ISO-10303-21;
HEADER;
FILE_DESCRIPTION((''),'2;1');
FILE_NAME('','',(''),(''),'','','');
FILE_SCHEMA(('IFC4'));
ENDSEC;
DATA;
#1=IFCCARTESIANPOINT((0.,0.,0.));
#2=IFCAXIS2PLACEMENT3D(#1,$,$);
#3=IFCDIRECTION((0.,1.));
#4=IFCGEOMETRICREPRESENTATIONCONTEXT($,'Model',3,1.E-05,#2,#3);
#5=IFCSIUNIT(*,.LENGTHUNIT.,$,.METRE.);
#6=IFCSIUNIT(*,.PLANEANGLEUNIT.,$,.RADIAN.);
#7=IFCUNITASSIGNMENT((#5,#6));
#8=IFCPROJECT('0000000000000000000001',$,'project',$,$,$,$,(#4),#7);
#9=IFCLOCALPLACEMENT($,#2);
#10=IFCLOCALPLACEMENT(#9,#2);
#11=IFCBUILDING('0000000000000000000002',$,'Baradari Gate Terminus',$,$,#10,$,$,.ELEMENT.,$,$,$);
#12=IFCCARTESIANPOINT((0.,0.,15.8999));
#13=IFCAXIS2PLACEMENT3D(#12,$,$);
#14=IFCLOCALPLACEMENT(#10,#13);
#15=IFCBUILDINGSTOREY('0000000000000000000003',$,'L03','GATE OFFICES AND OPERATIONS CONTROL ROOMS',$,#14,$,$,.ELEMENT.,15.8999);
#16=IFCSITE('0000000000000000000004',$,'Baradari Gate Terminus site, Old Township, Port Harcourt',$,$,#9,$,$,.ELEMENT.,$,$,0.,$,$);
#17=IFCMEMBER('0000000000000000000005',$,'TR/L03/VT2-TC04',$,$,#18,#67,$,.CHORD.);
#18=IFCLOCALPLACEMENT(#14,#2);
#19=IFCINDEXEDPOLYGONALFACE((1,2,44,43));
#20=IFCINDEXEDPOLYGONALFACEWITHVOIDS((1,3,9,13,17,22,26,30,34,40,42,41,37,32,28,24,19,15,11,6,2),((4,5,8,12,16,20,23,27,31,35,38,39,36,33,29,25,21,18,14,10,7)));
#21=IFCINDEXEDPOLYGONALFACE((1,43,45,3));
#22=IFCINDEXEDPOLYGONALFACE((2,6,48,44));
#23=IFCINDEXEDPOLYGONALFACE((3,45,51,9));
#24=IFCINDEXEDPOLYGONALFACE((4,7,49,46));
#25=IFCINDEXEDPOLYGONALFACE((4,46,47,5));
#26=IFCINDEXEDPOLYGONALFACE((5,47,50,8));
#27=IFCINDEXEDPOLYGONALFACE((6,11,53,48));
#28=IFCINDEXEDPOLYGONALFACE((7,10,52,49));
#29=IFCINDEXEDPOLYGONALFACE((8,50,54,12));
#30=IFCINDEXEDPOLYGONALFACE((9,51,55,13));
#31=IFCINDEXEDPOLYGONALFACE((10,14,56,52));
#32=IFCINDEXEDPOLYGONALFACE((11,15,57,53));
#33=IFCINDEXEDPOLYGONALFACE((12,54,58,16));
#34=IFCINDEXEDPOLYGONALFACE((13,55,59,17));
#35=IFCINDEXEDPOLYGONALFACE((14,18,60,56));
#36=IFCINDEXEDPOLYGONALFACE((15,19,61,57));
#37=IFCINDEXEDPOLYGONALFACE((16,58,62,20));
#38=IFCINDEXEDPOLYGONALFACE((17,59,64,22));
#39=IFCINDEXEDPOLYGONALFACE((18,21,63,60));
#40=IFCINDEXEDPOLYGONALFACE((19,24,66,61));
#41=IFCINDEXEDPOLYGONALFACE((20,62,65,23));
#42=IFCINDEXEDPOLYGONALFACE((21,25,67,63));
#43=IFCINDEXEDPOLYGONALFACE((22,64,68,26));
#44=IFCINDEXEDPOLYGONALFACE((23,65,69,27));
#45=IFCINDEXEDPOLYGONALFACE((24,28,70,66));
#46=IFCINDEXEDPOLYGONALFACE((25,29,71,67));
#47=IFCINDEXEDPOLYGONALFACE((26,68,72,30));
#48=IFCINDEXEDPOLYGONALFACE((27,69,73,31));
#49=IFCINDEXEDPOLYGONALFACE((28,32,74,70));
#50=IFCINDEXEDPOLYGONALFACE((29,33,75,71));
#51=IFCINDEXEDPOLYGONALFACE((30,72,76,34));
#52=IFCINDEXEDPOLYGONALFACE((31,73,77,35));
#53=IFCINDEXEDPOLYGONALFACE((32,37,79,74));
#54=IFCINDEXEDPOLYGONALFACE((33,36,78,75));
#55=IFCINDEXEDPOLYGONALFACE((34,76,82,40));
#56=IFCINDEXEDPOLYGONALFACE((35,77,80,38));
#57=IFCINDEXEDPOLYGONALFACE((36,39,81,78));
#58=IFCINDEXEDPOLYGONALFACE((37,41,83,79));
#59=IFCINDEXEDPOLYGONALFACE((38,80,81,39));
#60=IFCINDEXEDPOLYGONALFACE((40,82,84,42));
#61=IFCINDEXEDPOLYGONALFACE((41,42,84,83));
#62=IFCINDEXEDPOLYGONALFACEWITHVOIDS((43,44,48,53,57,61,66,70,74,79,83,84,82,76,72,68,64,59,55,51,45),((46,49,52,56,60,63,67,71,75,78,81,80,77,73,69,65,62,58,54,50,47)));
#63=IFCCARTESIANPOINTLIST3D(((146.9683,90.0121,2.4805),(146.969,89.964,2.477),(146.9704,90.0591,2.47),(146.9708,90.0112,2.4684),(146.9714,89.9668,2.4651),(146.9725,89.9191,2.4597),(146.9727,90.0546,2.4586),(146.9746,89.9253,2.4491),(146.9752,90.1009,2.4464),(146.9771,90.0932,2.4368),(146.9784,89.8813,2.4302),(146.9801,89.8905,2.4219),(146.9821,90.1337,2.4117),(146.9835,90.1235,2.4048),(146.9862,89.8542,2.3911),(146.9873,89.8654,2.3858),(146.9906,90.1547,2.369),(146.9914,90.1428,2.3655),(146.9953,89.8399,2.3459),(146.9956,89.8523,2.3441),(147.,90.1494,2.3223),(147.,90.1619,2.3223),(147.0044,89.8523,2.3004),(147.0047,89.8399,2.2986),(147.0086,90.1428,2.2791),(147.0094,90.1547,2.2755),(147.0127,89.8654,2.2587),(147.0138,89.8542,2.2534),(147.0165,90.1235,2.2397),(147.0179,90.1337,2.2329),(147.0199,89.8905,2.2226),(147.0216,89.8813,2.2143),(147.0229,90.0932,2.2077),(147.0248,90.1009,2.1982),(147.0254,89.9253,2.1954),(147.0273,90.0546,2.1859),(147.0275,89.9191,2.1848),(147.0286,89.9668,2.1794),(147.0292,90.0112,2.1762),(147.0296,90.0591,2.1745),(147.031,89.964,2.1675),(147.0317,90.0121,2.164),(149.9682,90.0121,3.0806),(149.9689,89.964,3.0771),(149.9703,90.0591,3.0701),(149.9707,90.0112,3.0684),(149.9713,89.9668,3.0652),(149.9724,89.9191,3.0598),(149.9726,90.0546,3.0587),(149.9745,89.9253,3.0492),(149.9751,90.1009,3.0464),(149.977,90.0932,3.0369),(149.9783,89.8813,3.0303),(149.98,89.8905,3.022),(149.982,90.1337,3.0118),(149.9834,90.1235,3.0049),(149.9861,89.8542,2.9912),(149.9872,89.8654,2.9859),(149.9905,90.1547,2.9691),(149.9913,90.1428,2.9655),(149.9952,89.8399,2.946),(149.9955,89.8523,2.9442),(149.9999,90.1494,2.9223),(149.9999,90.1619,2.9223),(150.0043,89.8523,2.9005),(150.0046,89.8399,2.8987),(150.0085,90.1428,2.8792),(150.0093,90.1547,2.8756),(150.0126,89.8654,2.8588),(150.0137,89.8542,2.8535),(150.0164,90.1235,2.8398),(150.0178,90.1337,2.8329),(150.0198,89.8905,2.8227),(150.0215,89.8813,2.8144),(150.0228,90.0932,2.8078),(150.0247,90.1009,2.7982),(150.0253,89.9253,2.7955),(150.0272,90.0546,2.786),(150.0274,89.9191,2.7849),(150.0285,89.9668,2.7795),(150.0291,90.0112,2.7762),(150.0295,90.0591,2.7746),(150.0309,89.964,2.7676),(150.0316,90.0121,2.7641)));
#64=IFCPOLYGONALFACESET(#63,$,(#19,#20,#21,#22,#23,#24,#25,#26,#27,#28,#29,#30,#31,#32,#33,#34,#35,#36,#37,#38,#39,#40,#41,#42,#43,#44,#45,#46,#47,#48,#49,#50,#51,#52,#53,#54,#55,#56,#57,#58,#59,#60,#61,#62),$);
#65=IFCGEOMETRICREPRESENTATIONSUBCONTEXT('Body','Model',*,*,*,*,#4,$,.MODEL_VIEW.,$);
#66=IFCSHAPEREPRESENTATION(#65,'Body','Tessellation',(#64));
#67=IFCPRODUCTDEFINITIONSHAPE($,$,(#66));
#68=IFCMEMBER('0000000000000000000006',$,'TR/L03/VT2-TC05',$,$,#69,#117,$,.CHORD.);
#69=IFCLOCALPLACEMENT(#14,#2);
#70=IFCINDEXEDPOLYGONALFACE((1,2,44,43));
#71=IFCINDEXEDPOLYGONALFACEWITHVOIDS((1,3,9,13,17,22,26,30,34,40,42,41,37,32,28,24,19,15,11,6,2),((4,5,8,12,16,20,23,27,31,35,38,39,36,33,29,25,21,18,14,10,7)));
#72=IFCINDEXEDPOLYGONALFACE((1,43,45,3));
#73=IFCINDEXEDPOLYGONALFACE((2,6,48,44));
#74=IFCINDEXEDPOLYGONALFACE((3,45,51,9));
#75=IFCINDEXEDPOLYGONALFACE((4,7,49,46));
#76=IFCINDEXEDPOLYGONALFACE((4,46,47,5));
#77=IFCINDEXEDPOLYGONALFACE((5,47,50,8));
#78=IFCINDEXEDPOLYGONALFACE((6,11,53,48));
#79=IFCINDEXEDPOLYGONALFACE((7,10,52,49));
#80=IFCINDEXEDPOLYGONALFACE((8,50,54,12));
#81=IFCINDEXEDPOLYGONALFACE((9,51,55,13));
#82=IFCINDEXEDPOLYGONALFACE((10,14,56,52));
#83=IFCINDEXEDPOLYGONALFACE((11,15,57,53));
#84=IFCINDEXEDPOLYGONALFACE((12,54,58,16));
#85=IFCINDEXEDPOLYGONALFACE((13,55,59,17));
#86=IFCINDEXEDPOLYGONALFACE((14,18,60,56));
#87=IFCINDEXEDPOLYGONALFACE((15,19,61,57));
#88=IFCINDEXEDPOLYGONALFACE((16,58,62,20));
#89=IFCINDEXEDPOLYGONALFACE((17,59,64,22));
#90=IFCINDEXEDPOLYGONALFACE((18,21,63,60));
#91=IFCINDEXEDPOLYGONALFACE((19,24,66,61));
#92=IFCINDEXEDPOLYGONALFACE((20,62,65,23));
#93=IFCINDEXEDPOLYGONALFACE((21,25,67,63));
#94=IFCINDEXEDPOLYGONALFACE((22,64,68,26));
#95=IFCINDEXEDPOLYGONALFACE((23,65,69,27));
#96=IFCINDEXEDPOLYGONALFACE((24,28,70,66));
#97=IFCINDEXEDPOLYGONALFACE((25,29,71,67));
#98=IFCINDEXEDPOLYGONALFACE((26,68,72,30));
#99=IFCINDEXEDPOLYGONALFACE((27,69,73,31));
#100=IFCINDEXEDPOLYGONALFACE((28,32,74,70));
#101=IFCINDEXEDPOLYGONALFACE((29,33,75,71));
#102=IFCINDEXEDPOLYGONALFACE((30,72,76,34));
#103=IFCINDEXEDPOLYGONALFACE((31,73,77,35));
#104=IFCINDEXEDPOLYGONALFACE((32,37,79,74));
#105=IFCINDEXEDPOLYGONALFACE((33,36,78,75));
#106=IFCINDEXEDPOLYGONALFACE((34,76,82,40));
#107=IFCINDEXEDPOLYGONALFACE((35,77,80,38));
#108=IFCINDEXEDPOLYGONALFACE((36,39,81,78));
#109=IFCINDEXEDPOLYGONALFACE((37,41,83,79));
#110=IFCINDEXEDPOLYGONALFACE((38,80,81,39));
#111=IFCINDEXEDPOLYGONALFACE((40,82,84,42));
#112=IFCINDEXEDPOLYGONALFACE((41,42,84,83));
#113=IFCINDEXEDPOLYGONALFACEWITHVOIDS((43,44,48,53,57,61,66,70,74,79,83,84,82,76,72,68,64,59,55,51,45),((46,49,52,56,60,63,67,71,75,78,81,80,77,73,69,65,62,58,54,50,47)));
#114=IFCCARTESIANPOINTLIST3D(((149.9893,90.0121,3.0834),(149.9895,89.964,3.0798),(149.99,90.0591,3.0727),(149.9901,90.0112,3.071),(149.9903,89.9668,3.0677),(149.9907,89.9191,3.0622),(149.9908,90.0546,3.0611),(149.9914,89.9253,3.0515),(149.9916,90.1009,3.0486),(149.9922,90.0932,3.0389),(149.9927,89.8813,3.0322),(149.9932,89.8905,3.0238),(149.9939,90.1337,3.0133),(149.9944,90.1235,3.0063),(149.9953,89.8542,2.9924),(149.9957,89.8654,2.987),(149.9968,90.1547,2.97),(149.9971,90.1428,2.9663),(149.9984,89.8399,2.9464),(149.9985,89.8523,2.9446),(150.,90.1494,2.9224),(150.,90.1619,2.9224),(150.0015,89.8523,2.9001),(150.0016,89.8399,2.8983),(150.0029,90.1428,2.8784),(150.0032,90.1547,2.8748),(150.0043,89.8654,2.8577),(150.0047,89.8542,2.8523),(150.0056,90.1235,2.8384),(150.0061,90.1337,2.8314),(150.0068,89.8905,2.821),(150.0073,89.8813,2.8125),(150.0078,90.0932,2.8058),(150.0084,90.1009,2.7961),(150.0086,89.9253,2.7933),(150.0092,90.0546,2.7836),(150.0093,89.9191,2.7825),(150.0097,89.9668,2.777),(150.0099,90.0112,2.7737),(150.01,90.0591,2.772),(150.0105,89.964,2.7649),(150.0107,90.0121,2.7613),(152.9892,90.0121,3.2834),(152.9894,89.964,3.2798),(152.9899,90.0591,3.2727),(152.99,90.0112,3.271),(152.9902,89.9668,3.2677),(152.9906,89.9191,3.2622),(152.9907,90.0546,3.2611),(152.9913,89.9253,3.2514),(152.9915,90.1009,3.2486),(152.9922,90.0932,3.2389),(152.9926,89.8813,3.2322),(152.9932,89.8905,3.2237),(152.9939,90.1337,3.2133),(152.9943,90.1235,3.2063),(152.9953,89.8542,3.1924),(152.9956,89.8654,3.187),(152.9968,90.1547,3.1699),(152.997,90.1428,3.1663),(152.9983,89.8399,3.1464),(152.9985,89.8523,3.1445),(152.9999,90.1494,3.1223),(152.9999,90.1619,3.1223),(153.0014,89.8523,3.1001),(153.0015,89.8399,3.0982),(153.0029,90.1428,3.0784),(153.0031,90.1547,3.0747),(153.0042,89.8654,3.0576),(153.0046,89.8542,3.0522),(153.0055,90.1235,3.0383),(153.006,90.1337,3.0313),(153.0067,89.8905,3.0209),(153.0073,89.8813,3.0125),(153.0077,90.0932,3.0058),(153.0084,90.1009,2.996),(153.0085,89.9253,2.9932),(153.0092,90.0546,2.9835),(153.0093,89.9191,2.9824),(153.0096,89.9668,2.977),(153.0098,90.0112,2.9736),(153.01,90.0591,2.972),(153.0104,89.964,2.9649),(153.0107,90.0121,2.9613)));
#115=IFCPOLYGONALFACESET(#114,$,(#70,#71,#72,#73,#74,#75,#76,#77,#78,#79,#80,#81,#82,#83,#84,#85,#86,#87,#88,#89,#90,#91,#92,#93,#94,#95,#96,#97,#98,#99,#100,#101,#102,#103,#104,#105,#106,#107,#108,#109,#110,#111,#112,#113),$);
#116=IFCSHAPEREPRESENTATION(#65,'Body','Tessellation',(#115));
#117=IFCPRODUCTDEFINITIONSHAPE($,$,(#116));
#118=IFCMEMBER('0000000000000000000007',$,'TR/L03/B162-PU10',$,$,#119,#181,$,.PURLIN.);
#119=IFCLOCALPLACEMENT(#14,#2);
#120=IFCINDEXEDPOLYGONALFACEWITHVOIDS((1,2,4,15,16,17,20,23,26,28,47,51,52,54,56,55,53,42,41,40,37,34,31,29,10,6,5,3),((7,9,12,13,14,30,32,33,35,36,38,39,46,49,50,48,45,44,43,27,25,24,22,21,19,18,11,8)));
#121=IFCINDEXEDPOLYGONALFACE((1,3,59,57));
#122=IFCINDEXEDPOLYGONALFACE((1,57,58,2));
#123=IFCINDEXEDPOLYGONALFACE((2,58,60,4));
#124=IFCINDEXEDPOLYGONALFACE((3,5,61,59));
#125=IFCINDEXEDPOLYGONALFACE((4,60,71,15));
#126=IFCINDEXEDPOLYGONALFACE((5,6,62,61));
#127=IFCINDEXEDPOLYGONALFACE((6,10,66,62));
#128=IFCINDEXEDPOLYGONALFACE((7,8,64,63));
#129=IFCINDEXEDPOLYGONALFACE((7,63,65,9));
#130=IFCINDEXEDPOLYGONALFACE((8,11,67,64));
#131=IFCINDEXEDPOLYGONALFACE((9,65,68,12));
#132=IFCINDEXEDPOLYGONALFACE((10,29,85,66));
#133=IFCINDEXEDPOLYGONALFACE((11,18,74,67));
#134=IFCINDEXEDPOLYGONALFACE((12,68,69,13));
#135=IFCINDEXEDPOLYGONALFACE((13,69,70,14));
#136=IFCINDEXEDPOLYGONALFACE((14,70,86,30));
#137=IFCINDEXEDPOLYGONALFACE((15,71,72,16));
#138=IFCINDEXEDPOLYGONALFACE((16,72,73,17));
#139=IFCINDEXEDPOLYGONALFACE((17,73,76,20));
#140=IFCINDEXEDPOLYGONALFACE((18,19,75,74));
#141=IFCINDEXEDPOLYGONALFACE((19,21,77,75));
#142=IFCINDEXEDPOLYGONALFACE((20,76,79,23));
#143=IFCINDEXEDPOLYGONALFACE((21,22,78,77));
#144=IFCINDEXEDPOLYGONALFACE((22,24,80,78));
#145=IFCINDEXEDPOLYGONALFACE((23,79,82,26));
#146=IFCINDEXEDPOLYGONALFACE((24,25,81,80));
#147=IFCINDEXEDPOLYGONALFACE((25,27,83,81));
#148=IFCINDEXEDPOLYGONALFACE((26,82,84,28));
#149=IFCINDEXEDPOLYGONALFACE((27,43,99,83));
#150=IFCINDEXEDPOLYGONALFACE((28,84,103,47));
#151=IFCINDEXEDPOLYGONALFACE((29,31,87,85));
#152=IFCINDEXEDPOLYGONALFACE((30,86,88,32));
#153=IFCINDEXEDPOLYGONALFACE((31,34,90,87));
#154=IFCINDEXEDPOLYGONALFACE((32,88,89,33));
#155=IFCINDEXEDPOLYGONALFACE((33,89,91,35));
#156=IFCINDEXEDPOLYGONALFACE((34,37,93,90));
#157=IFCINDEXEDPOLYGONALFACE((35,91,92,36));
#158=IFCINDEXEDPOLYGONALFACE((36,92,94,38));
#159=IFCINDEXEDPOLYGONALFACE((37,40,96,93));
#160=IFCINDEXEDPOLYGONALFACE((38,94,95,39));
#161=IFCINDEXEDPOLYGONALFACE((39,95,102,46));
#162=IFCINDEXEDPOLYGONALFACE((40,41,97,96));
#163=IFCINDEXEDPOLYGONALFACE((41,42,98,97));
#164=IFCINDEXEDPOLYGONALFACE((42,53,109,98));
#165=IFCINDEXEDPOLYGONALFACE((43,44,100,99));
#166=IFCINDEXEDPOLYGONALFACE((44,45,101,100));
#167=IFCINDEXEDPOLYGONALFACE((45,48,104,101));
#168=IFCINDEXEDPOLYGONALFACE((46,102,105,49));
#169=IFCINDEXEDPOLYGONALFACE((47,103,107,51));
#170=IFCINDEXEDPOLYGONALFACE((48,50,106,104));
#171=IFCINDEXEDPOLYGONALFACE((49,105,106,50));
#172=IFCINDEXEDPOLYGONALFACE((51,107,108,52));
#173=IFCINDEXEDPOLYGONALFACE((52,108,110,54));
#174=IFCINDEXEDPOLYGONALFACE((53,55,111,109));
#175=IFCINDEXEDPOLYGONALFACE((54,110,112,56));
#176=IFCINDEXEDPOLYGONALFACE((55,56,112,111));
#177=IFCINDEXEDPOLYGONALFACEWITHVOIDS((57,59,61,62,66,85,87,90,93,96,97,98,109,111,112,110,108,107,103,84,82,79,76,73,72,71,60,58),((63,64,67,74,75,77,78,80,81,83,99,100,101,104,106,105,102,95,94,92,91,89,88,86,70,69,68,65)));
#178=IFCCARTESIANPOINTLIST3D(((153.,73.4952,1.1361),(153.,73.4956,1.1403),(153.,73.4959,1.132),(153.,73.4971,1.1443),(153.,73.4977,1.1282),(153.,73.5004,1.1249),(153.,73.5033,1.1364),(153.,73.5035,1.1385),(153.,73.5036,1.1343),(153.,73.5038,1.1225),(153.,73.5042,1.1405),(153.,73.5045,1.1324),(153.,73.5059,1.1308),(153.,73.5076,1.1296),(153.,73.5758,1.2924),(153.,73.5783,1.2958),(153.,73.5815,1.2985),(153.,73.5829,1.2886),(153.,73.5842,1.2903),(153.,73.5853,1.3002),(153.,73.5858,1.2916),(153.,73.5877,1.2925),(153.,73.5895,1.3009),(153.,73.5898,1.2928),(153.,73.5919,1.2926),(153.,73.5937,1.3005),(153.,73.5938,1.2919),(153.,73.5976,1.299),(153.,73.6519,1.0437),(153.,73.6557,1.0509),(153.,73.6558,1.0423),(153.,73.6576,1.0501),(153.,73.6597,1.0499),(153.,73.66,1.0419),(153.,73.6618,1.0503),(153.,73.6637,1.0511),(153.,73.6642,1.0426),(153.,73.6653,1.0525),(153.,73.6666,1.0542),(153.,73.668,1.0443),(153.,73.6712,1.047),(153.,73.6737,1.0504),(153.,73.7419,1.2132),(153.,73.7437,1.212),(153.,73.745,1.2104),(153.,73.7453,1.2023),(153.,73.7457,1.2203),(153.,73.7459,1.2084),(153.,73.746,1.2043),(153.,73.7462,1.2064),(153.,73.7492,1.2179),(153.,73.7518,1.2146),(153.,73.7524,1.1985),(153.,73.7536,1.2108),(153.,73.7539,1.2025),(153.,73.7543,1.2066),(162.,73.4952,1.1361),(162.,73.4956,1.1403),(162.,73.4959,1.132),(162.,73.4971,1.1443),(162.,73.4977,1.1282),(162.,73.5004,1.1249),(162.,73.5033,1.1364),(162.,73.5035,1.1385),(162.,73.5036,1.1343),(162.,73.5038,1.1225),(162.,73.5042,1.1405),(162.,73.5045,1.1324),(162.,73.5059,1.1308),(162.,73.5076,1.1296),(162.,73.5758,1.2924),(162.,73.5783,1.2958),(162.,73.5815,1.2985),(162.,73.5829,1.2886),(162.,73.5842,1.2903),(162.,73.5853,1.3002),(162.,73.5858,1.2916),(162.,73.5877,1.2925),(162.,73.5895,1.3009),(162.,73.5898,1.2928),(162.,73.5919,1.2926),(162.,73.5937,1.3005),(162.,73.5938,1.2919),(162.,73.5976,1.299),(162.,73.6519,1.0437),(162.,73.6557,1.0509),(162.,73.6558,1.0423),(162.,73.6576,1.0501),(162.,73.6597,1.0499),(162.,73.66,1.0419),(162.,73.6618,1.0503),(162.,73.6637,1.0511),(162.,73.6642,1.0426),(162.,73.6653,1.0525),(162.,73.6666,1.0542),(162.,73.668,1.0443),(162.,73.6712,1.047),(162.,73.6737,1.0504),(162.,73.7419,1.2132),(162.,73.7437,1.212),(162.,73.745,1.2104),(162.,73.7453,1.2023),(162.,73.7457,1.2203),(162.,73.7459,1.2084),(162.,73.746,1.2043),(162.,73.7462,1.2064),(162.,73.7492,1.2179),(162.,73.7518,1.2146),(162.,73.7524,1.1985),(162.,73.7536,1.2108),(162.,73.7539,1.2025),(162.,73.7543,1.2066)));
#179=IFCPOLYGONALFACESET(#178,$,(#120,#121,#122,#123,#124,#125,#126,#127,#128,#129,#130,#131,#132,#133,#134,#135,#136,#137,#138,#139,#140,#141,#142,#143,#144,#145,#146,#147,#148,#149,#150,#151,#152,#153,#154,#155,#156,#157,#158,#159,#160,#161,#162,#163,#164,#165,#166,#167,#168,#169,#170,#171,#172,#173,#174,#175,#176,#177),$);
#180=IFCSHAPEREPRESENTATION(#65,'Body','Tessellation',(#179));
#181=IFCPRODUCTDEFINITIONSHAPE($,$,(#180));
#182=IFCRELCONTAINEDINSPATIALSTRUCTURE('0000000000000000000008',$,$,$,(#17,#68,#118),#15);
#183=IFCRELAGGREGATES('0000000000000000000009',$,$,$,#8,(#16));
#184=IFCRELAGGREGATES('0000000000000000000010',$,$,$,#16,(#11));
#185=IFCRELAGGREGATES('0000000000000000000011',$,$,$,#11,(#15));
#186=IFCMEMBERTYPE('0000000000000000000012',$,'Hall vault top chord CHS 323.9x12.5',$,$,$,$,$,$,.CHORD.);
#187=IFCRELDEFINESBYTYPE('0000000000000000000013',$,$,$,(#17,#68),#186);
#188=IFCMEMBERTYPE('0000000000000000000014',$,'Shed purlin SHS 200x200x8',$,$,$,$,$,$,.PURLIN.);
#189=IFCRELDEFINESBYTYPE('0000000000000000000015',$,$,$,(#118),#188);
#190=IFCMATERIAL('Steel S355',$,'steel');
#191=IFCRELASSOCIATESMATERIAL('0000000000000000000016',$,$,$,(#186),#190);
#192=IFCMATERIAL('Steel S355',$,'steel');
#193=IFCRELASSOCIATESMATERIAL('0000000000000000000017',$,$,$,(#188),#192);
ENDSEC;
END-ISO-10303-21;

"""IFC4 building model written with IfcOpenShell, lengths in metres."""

from ifc_helpers import new_model, si_unit, direction, frame, origin, origin_2d, place, context, subcontext, project, spatial, hollow_rectangle, hollow_circle, extrude, material, material_profile, profile_set, type_object, element, save


model = new_model("IFC4")

# Units and contexts
model_context = context("Model", 3, precision=1e-05, world=origin(), true_north=direction((0.0, 1.0)))
body_context = subcontext(model_context, "Body", "Model", "MODEL_VIEW")
ifc_project = project(units=[si_unit("LENGTHUNIT", "METRE"), si_unit("PLANEANGLEUNIT", "RADIAN")], contexts=[model_context])

# Site, building, storey
site_placement = place(None, origin())
site = spatial("IfcSite", under=ifc_project, at=site_placement, Name="Baradari Gate Terminus site, Old Township, Port Harcourt", CompositionType="ELEMENT", RefElevation=0.0)
building_placement = place(site_placement, origin())
building = spatial("IfcBuilding", under=site, at=building_placement, Name="Baradari Gate Terminus", CompositionType="ELEMENT")
storey_placement = place(building_placement, frame((0.0, 0.0, 15.8999)))
storey = spatial("IfcBuildingStorey", under=building, at=storey_placement, Name="L03", Description="GATE OFFICES AND OPERATIONS CONTROL ROOMS", CompositionType="ELEMENT", Elevation=15.8999)

# Members
ifc_material_1 = material(Name="Steel S355", Category="steel")
ifc_material_profile_1 = material_profile(ifc_material_1, hollow_circle(Radius=0.1619, WallThickness=0.0125, at=origin_2d()), Name="CHS 323.9x12.5")
ifc_profile_set_1 = profile_set([ifc_material_profile_1], Name="Steel S355")
member_type_1 = type_object("IfcMemberType", Name="Hall vault top chord CHS 323.9x12.5", PredefinedType="CHORD", material=ifc_profile_set_1)
member_1_placement = place(storey_placement, frame((147.0, 90.0, 2.3223), z_axis=(0.980575, 0.0, 0.196147), x_axis=(0.0, 1.0, 0.0)))
element("IfcMember", 1, at=member_1_placement, inside=storey, type_object=member_type_1, Name="TR/L03/VT2-TC04", PredefinedType="CHORD", context=body_context, shape_type="SweptSolid", body=[
    extrude(hollow_circle(Radius=0.1619, WallThickness=0.0125, at=origin_2d()), origin(), (0.0, 0.0, 1.0), 3.0593),
])
member_2_placement = place(storey_placement, frame((150.0, 90.0, 2.9224), z_axis=(0.997786, 0.0, 0.066503), x_axis=(0.0, 1.0, 0.0)))
element("IfcMember", 2, at=member_2_placement, inside=storey, type_object=member_type_1, Name="TR/L03/VT2-TC05", PredefinedType="CHORD", context=body_context, shape_type="SweptSolid", body=[
    extrude(hollow_circle(Radius=0.1619, WallThickness=0.0125, at=origin_2d()), origin(), (0.0, 0.0, 1.0), 3.0066),
])
ifc_material_2 = material(Name="Steel S355", Category="steel")
ifc_material_profile_2 = material_profile(ifc_material_2, hollow_rectangle(XDim=0.2, YDim=0.2, WallThickness=0.0081, InnerFilletRadius=0.0081, OuterFilletRadius=0.0161, at=origin_2d()), Name="SHS 200x200x8")
ifc_profile_set_2 = profile_set([ifc_material_profile_2], Name="Steel S355")
member_type_2 = type_object("IfcMemberType", Name="Shed purlin SHS 200x200x8", PredefinedType="PURLIN", material=ifc_profile_set_2)
member_3_placement = place(storey_placement, frame((153.0, 73.6248, 1.1714), z_axis=(1.0, 0.0, 0.0), x_axis=(0.0, 0.883027, -0.469322)))
element("IfcMember", 3, at=member_3_placement, inside=storey, type_object=member_type_2, Name="TR/L03/B162-PU10", PredefinedType="PURLIN", context=body_context, shape_type="SweptSolid", body=[
    extrude(hollow_rectangle(XDim=0.2, YDim=0.2, WallThickness=0.0081, InnerFilletRadius=0.0081, OuterFilletRadius=0.0161, at=origin_2d()), origin(), (0.0, 0.0, 1.0), 9.0),
])

save(model, "model.ifc")
